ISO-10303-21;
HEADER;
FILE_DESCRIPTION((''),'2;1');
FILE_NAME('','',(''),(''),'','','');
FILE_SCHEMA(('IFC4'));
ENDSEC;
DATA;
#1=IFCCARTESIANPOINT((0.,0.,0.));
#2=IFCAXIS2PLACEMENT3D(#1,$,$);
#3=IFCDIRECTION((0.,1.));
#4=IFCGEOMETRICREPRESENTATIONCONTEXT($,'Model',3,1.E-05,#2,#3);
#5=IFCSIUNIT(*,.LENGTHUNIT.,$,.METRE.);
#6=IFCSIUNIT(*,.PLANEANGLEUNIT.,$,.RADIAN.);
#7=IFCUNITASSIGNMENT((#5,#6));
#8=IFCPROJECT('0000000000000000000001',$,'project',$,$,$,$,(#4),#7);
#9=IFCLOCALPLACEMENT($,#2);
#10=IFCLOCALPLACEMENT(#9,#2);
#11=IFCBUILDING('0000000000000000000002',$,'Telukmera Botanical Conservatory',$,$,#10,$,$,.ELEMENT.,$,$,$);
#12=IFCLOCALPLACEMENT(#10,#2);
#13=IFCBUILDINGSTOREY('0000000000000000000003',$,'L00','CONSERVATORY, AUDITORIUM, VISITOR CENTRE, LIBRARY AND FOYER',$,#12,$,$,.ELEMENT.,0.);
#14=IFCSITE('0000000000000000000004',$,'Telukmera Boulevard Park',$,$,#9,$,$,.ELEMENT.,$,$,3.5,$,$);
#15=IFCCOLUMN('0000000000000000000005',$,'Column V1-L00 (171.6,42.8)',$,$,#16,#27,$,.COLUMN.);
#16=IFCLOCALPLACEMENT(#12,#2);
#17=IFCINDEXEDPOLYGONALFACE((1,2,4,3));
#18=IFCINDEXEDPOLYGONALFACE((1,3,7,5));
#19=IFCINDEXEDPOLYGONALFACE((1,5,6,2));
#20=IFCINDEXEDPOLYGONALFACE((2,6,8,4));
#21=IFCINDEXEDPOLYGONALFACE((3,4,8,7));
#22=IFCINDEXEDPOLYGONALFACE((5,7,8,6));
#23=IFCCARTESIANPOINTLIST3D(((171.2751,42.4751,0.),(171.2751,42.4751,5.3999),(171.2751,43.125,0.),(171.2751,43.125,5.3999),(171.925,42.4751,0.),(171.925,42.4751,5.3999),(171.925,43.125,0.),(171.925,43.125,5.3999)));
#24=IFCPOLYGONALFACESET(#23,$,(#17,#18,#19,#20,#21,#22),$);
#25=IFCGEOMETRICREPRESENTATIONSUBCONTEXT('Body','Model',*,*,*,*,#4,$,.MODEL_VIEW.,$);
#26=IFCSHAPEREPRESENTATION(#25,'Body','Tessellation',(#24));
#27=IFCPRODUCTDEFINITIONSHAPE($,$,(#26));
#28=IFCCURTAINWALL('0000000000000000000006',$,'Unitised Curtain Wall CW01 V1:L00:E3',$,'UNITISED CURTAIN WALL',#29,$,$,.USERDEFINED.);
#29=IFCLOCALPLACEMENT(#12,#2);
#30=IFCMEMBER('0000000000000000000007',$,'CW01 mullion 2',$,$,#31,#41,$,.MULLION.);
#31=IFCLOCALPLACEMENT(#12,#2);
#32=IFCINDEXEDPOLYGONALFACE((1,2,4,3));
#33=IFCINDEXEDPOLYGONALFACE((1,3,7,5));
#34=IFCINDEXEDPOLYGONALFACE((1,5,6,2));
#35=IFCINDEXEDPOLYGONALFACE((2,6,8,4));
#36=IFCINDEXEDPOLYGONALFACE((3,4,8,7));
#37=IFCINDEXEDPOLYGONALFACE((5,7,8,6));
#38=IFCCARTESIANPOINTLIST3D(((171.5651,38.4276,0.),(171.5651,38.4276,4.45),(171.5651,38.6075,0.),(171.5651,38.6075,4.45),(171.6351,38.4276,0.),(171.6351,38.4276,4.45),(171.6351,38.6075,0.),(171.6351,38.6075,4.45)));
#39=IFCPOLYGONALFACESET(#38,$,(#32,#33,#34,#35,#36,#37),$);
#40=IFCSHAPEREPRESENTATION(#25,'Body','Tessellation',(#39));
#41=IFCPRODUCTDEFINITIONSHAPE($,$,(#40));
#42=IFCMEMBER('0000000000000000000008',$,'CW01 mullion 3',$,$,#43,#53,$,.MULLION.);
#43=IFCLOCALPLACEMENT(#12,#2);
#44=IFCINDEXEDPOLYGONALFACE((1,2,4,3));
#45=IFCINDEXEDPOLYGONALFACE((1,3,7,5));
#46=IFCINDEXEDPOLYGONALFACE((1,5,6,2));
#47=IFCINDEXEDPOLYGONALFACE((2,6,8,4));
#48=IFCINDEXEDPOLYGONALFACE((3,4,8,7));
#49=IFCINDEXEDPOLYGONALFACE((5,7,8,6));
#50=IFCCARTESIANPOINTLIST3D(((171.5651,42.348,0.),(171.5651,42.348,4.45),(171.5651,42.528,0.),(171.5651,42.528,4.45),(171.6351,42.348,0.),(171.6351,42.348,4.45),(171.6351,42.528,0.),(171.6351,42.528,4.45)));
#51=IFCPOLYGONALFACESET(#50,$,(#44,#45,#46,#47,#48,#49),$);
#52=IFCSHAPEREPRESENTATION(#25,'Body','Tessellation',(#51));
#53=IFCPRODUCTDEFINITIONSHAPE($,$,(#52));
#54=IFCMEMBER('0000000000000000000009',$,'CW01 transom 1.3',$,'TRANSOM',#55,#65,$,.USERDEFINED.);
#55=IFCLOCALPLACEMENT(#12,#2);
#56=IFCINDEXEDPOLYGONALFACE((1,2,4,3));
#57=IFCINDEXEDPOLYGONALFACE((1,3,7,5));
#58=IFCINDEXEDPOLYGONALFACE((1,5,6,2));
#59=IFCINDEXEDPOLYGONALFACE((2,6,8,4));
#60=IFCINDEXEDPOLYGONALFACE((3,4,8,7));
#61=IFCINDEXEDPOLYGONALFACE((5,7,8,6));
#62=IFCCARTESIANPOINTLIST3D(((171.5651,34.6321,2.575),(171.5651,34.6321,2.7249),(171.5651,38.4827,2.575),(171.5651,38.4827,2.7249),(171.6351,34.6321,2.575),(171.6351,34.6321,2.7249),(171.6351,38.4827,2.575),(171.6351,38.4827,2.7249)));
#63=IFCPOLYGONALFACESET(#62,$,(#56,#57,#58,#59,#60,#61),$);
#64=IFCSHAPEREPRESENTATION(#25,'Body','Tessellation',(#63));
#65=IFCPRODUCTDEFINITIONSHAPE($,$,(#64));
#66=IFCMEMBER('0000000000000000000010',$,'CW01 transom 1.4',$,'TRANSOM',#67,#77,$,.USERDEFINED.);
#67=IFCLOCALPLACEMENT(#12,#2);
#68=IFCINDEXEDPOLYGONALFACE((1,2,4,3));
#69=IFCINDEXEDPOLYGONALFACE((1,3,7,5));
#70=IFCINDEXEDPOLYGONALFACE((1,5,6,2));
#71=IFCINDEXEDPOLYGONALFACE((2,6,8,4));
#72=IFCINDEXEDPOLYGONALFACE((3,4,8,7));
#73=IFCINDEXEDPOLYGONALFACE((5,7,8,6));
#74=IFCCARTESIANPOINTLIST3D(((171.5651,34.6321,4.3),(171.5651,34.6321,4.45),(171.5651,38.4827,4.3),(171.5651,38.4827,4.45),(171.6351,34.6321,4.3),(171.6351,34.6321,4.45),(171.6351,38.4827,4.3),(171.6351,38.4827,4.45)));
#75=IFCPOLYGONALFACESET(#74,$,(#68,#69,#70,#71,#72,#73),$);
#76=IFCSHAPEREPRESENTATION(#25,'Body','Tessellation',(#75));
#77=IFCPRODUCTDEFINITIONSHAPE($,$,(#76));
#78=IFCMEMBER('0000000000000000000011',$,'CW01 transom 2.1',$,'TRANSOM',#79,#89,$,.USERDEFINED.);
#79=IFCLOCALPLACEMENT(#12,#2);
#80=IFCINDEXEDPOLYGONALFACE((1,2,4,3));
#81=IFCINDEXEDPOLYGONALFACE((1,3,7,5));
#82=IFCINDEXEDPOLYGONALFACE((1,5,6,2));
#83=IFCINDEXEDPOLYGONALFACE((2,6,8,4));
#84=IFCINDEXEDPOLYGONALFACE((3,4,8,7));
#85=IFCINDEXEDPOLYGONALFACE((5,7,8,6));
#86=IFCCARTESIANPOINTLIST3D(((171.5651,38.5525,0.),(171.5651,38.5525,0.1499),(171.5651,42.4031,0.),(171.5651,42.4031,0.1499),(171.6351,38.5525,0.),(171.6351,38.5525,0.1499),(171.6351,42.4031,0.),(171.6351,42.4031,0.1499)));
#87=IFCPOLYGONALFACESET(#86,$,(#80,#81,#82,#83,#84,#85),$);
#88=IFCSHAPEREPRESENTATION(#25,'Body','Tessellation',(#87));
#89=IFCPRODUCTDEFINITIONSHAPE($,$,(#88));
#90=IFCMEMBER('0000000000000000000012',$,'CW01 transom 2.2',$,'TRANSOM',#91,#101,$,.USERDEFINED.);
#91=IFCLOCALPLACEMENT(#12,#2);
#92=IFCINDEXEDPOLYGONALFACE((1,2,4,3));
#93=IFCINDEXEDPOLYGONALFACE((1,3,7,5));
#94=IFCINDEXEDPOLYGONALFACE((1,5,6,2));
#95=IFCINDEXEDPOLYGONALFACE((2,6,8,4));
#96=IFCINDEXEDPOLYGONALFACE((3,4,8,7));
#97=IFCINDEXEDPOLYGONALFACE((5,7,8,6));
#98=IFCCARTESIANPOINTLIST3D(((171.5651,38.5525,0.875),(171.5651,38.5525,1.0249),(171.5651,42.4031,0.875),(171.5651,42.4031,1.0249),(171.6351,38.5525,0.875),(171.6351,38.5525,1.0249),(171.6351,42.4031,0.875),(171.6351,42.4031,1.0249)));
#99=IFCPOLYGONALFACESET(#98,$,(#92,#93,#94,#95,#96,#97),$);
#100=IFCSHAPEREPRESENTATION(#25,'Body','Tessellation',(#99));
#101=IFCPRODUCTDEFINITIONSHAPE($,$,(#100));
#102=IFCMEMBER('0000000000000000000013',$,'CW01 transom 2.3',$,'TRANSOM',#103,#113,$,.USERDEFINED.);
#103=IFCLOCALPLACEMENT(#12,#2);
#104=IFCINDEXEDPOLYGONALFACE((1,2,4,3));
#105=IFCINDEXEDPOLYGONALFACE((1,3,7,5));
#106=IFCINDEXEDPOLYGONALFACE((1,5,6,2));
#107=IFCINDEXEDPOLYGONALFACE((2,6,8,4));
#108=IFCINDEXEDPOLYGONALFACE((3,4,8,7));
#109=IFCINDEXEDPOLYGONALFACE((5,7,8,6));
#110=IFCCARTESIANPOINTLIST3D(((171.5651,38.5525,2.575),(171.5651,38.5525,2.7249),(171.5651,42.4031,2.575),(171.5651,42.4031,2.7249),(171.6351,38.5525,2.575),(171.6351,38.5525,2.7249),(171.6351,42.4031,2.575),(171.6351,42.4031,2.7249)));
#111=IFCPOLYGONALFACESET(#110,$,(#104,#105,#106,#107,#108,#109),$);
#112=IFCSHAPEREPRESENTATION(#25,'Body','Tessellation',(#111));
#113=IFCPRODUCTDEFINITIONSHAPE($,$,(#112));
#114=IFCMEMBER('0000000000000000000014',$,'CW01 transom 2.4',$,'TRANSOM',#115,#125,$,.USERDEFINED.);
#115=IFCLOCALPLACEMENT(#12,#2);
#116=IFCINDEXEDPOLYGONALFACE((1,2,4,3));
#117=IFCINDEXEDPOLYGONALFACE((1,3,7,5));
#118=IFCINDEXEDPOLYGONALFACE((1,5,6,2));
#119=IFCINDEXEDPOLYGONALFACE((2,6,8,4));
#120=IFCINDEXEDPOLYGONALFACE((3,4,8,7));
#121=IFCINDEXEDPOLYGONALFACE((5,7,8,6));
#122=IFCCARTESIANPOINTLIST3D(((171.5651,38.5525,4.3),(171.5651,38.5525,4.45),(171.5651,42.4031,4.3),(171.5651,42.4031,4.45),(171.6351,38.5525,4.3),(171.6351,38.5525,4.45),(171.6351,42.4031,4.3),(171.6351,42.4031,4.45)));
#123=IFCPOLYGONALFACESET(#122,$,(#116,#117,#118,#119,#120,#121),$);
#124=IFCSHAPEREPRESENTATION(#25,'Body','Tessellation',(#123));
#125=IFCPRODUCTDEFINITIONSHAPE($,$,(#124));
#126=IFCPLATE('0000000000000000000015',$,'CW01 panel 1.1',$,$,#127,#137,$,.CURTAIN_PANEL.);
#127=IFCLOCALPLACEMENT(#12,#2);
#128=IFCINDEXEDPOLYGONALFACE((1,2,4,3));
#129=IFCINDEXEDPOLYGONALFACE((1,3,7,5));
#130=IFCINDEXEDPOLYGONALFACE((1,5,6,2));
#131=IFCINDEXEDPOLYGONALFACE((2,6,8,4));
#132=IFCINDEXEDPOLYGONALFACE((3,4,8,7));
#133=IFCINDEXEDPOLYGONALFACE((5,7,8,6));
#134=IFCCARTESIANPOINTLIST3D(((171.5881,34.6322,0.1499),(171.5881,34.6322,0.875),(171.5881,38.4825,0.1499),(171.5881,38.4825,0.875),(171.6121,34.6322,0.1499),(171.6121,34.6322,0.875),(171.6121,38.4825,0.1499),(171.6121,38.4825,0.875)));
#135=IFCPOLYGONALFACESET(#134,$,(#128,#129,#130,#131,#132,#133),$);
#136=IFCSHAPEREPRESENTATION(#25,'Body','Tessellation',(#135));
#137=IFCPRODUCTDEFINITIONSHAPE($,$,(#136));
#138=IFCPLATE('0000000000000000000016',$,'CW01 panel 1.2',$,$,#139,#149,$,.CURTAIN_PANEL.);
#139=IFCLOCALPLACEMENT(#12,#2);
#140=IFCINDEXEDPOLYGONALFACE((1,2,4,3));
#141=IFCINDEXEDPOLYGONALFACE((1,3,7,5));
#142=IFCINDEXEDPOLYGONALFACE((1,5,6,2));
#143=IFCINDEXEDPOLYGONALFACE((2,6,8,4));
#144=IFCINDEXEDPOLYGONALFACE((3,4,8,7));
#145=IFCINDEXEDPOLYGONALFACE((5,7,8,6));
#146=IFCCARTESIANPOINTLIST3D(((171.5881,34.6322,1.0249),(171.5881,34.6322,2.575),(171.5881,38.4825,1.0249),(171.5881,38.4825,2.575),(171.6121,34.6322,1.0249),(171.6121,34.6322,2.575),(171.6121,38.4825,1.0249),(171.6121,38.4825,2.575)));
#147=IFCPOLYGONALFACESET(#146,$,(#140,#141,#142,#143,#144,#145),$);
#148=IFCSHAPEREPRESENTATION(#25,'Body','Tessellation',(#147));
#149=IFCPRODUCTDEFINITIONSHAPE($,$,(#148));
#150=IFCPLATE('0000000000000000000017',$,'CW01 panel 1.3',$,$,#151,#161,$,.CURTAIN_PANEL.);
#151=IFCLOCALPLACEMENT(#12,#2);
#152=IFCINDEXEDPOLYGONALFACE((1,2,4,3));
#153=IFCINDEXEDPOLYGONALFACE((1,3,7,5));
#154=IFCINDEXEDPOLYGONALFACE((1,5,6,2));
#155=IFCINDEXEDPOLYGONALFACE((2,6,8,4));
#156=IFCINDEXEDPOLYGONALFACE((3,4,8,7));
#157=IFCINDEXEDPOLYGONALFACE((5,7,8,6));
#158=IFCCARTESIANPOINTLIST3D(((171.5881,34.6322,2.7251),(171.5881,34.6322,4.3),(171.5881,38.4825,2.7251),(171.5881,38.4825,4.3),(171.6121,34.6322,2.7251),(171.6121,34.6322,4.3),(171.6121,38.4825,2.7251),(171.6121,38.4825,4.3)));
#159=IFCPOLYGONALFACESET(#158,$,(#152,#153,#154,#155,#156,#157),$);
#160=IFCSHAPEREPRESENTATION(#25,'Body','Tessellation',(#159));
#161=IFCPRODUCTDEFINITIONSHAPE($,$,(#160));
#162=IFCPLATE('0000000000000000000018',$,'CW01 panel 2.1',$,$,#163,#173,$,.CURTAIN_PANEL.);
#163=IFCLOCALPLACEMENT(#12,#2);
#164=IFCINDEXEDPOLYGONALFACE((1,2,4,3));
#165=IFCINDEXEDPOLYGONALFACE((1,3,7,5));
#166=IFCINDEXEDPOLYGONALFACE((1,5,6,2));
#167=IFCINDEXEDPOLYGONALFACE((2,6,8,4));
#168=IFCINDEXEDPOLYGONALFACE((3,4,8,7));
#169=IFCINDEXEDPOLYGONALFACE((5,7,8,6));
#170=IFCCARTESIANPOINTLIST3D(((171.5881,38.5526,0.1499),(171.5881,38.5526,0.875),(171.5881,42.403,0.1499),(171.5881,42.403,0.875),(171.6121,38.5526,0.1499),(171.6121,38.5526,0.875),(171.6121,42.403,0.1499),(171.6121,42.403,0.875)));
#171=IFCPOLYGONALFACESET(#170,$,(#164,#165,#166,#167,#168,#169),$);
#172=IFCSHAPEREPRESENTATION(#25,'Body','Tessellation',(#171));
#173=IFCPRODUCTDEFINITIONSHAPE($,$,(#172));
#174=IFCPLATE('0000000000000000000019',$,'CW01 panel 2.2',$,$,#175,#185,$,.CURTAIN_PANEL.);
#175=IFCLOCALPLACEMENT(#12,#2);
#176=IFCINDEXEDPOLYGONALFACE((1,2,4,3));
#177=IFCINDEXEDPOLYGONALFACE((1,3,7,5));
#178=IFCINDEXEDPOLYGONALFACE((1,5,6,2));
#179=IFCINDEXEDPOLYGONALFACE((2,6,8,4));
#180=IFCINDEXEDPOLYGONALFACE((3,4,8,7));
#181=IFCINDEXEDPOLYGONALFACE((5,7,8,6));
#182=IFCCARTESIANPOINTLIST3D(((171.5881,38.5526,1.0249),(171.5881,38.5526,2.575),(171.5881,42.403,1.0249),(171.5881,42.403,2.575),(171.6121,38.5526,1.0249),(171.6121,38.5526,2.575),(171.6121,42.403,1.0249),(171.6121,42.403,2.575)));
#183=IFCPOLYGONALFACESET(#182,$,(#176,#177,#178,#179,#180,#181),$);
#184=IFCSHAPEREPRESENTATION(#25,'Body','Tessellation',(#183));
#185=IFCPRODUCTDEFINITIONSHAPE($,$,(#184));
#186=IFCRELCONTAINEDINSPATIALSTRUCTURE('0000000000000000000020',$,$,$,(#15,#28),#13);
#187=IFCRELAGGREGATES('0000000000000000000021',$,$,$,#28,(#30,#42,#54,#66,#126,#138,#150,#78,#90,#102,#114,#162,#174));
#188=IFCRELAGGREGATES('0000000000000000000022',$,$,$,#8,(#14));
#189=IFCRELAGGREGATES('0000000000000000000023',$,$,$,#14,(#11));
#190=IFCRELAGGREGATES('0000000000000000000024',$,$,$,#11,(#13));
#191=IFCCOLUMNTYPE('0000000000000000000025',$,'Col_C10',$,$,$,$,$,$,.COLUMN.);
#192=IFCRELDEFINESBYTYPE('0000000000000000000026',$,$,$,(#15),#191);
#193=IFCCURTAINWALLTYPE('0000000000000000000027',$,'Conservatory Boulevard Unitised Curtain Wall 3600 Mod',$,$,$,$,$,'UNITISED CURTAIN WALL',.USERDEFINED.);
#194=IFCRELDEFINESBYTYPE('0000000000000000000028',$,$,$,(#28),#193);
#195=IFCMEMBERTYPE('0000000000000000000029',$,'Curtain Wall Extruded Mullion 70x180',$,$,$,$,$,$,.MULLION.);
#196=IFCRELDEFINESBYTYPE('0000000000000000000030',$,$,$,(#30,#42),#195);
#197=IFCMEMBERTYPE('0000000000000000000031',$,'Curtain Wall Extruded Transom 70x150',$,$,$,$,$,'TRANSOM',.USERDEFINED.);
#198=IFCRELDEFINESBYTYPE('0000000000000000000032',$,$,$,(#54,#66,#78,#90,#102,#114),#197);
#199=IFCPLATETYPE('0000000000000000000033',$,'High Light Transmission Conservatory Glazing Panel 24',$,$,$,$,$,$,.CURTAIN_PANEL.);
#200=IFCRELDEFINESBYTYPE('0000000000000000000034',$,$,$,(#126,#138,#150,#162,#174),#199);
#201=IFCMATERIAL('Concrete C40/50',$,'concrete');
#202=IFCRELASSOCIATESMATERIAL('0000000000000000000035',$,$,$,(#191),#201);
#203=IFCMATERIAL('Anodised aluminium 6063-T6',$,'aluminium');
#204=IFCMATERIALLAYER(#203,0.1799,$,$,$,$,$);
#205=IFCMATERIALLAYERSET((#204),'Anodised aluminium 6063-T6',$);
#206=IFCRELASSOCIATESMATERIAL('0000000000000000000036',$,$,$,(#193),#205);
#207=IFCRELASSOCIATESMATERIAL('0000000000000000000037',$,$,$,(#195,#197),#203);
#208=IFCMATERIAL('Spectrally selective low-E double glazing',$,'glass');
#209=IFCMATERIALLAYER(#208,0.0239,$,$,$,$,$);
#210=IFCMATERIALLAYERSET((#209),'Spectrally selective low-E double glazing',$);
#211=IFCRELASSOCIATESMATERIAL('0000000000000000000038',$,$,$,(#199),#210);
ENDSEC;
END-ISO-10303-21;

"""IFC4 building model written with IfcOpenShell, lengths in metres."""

from ifc_helpers import new_model, si_unit, direction, frame, origin, origin_2d, place, context, subcontext, project, spatial, rectangle, extrude, material, layer, layer_set, material_profile, profile_set, type_object, element, aggregate, save


model = new_model("IFC4")

# Units and contexts
model_context = context("Model", 3, precision=1e-05, world=origin(), true_north=direction((0.0, 1.0)))
body_context = subcontext(model_context, "Body", "Model", "MODEL_VIEW")
ifc_project = project(units=[si_unit("LENGTHUNIT", "METRE"), si_unit("PLANEANGLEUNIT", "RADIAN")], contexts=[model_context])

# Site, building, storey
site_placement = place(None, origin())
site = spatial("IfcSite", under=ifc_project, at=site_placement, Name="Telukmera Boulevard Park", CompositionType="ELEMENT", RefElevation=3.5)
building_placement = place(site_placement, origin())
building = spatial("IfcBuilding", under=site, at=building_placement, Name="Telukmera Botanical Conservatory", CompositionType="ELEMENT")
storey_placement = place(building_placement, origin())
storey = spatial("IfcBuildingStorey", under=building, at=storey_placement, Name="L00", Description="CONSERVATORY, AUDITORIUM, VISITOR CENTRE, LIBRARY AND FOYER", CompositionType="ELEMENT", Elevation=0.0)

# Column
ifc_material_1 = material(Name="Concrete C40/50", Category="concrete")
ifc_material_profile_1 = material_profile(ifc_material_1, rectangle(XDim=0.6499, YDim=0.6499, at=origin_2d()), Name="RC 650x650")
ifc_profile_set_1 = profile_set([ifc_material_profile_1], Name="Concrete C40/50")
column_type = type_object("IfcColumnType", Name="Col_C10", PredefinedType="COLUMN", material=ifc_profile_set_1)
column_placement = place(storey_placement, frame((171.6001, 42.8, 0.0), z_axis=(0.0, 0.0, 1.0), x_axis=(1.0, 0.0, 0.0)))
element("IfcColumn", 1, at=column_placement, inside=storey, type_object=column_type, Name="Column V1-L00 (171.6,42.8)", PredefinedType="COLUMN", context=body_context, shape_type="SweptSolid", body=[
    extrude(rectangle(XDim=0.6499, YDim=0.6499, at=origin_2d()), origin(), (0.0, 0.0, 1.0), 5.3999),
])

# Curtain wall, members, plates
ifc_material_2 = material(Name="Anodised aluminium 6063-T6", Category="aluminium")
ifc_layer_1 = layer(ifc_material_2, 0.1799)
ifc_layer_set_1 = layer_set([ifc_layer_1], Name="Anodised aluminium 6063-T6")
curtain_wall_type = type_object("IfcCurtainWallType", Name="Conservatory Boulevard Unitised Curtain Wall 3600 Mod", ElementType="UNITISED CURTAIN WALL", PredefinedType="USERDEFINED", material=ifc_layer_set_1)
curtain_wall_placement = place(storey_placement, origin())
curtain_wall = element("IfcCurtainWall", 2, at=curtain_wall_placement, inside=storey, type_object=curtain_wall_type, Name="Unitised Curtain Wall CW01 V1:L00:E3", ObjectType="UNITISED CURTAIN WALL", PredefinedType="USERDEFINED")
ifc_material_profile_2 = material_profile(ifc_material_2, rectangle(XDim=0.0701, YDim=0.1799, at=origin_2d()), Name="ALU MULL 70x180")
ifc_profile_set_2 = profile_set([ifc_material_profile_2], Name="Anodised aluminium 6063-T6")
member_type_1 = type_object("IfcMemberType", Name="Curtain Wall Extruded Mullion 70x180", PredefinedType="MULLION", material=ifc_profile_set_2)
member_1_placement = place(storey_placement, frame((171.6001, 38.5176, 0.0), z_axis=(0.0, 0.0, 1.0), x_axis=(-1.0, 0.0, 0.0)))
member_1 = element("IfcMember", 3, at=member_1_placement, type_object=member_type_1, Name="CW01 mullion 2", PredefinedType="MULLION", context=body_context, shape_type="SweptSolid", body=[
    extrude(rectangle(XDim=0.0701, YDim=0.1799, at=origin_2d()), origin(), (0.0, 0.0, 1.0), 4.45),
])
member_2_placement = place(storey_placement, frame((171.6001, 42.438, 0.0), z_axis=(0.0, 0.0, 1.0), x_axis=(-1.0, 0.0, 0.0)))
member_2 = element("IfcMember", 4, at=member_2_placement, type_object=member_type_1, Name="CW01 mullion 3", PredefinedType="MULLION", context=body_context, shape_type="SweptSolid", body=[
    extrude(rectangle(XDim=0.0701, YDim=0.1799, at=origin_2d()), origin(), (0.0, 0.0, 1.0), 4.45),
])
ifc_material_profile_3 = material_profile(ifc_material_2, rectangle(XDim=0.0701, YDim=0.1499, at=origin_2d()), Name="ALU TRAN 70x150")
ifc_profile_set_3 = profile_set([ifc_material_profile_3], Name="Anodised aluminium 6063-T6")
member_type_2 = type_object("IfcMemberType", Name="Curtain Wall Extruded Transom 70x150", ElementType="TRANSOM", PredefinedType="USERDEFINED", material=ifc_profile_set_3)
member_3_placement = place(storey_placement, frame((171.6001, 34.6321, 2.6499), z_axis=(0.0, 1.0, 0.0), x_axis=(-1.0, 0.0, 0.0)))
member_3 = element("IfcMember", 5, at=member_3_placement, type_object=member_type_2, Name="CW01 transom 1.3", ObjectType="TRANSOM", PredefinedType="USERDEFINED", context=body_context, shape_type="SweptSolid", body=[
    extrude(rectangle(XDim=0.0701, YDim=0.1499, at=origin_2d()), origin(), (0.0, 0.0, 1.0), 3.8506),
])
member_4_placement = place(storey_placement, frame((171.6001, 34.6321, 4.375), z_axis=(0.0, 1.0, 0.0), x_axis=(-1.0, 0.0, 0.0)))
member_4 = element("IfcMember", 6, at=member_4_placement, type_object=member_type_2, Name="CW01 transom 1.4", ObjectType="TRANSOM", PredefinedType="USERDEFINED", context=body_context, shape_type="SweptSolid", body=[
    extrude(rectangle(XDim=0.0701, YDim=0.1499, at=origin_2d()), origin(), (0.0, 0.0, 1.0), 3.8506),
])
member_5_placement = place(storey_placement, frame((171.6001, 38.5525, 0.075), z_axis=(0.0, 1.0, 0.0), x_axis=(-1.0, 0.0, 0.0)))
member_5 = element("IfcMember", 7, at=member_5_placement, type_object=member_type_2, Name="CW01 transom 2.1", ObjectType="TRANSOM", PredefinedType="USERDEFINED", context=body_context, shape_type="SweptSolid", body=[
    extrude(rectangle(XDim=0.0701, YDim=0.1499, at=origin_2d()), origin(), (0.0, 0.0, 1.0), 3.8506),
])
member_6_placement = place(storey_placement, frame((171.6001, 38.5525, 0.95), z_axis=(0.0, 1.0, 0.0), x_axis=(-1.0, 0.0, 0.0)))
member_6 = element("IfcMember", 8, at=member_6_placement, type_object=member_type_2, Name="CW01 transom 2.2", ObjectType="TRANSOM", PredefinedType="USERDEFINED", context=body_context, shape_type="SweptSolid", body=[
    extrude(rectangle(XDim=0.0701, YDim=0.1499, at=origin_2d()), origin(), (0.0, 0.0, 1.0), 3.8506),
])
member_7_placement = place(storey_placement, frame((171.6001, 38.5525, 2.6499), z_axis=(0.0, 1.0, 0.0), x_axis=(-1.0, 0.0, 0.0)))
member_7 = element("IfcMember", 9, at=member_7_placement, type_object=member_type_2, Name="CW01 transom 2.3", ObjectType="TRANSOM", PredefinedType="USERDEFINED", context=body_context, shape_type="SweptSolid", body=[
    extrude(rectangle(XDim=0.0701, YDim=0.1499, at=origin_2d()), origin(), (0.0, 0.0, 1.0), 3.8506),
])
member_8_placement = place(storey_placement, frame((171.6001, 38.5525, 4.375), z_axis=(0.0, 1.0, 0.0), x_axis=(-1.0, 0.0, 0.0)))
member_8 = element("IfcMember", 10, at=member_8_placement, type_object=member_type_2, Name="CW01 transom 2.4", ObjectType="TRANSOM", PredefinedType="USERDEFINED", context=body_context, shape_type="SweptSolid", body=[
    extrude(rectangle(XDim=0.0701, YDim=0.1499, at=origin_2d()), origin(), (0.0, 0.0, 1.0), 3.8506),
])
ifc_material_3 = material(Name="Spectrally selective low-E double glazing", Category="glass")
ifc_layer_2 = layer(ifc_material_3, 0.0239)
ifc_layer_set_2 = layer_set([ifc_layer_2], Name="Spectrally selective low-E double glazing")
plate_type = type_object("IfcPlateType", Name="High Light Transmission Conservatory Glazing Panel 24", PredefinedType="CURTAIN_PANEL", material=ifc_layer_set_2)
plate_1_placement = place(storey_placement, frame((171.6001, 36.5574, 0.1499), z_axis=(0.0, 0.0, 1.0), x_axis=(0.0, 1.0, 0.0)))
plate_1 = element("IfcPlate", 11, at=plate_1_placement, type_object=plate_type, Name="CW01 panel 1.1", PredefinedType="CURTAIN_PANEL", context=body_context, shape_type="SweptSolid", body=[
    extrude(rectangle(XDim=3.8503, YDim=0.0239, at=origin_2d()), origin(), (0.0, 0.0, 1.0), 0.7251),
])
plate_2_placement = place(storey_placement, frame((171.6001, 36.5574, 1.0249), z_axis=(0.0, 0.0, 1.0), x_axis=(0.0, 1.0, 0.0)))
plate_2 = element("IfcPlate", 12, at=plate_2_placement, type_object=plate_type, Name="CW01 panel 1.2", PredefinedType="CURTAIN_PANEL", context=body_context, shape_type="SweptSolid", body=[
    extrude(rectangle(XDim=3.8503, YDim=0.0239, at=origin_2d()), origin(), (0.0, 0.0, 1.0), 1.55),
])
plate_3_placement = place(storey_placement, frame((171.6001, 36.5574, 2.7251), z_axis=(0.0, 0.0, 1.0), x_axis=(0.0, 1.0, 0.0)))
plate_3 = element("IfcPlate", 13, at=plate_3_placement, type_object=plate_type, Name="CW01 panel 1.3", PredefinedType="CURTAIN_PANEL", context=body_context, shape_type="SweptSolid", body=[
    extrude(rectangle(XDim=3.8503, YDim=0.0239, at=origin_2d()), origin(), (0.0, 0.0, 1.0), 1.575),
])
plate_4_placement = place(storey_placement, frame((171.6001, 40.4778, 0.1499), z_axis=(0.0, 0.0, 1.0), x_axis=(0.0, 1.0, 0.0)))
plate_4 = element("IfcPlate", 14, at=plate_4_placement, type_object=plate_type, Name="CW01 panel 2.1", PredefinedType="CURTAIN_PANEL", context=body_context, shape_type="SweptSolid", body=[
    extrude(rectangle(XDim=3.8503, YDim=0.0239, at=origin_2d()), origin(), (0.0, 0.0, 1.0), 0.7251),
])
plate_5_placement = place(storey_placement, frame((171.6001, 40.4778, 1.0249), z_axis=(0.0, 0.0, 1.0), x_axis=(0.0, 1.0, 0.0)))
plate_5 = element("IfcPlate", 15, at=plate_5_placement, type_object=plate_type, Name="CW01 panel 2.2", PredefinedType="CURTAIN_PANEL", context=body_context, shape_type="SweptSolid", body=[
    extrude(rectangle(XDim=3.8503, YDim=0.0239, at=origin_2d()), origin(), (0.0, 0.0, 1.0), 1.55),
])
aggregate(curtain_wall, [member_1, member_2, member_3, member_4, plate_1, plate_2, plate_3, member_5, member_6, member_7, member_8, plate_4, plate_5])

save(model, "model.ifc")
